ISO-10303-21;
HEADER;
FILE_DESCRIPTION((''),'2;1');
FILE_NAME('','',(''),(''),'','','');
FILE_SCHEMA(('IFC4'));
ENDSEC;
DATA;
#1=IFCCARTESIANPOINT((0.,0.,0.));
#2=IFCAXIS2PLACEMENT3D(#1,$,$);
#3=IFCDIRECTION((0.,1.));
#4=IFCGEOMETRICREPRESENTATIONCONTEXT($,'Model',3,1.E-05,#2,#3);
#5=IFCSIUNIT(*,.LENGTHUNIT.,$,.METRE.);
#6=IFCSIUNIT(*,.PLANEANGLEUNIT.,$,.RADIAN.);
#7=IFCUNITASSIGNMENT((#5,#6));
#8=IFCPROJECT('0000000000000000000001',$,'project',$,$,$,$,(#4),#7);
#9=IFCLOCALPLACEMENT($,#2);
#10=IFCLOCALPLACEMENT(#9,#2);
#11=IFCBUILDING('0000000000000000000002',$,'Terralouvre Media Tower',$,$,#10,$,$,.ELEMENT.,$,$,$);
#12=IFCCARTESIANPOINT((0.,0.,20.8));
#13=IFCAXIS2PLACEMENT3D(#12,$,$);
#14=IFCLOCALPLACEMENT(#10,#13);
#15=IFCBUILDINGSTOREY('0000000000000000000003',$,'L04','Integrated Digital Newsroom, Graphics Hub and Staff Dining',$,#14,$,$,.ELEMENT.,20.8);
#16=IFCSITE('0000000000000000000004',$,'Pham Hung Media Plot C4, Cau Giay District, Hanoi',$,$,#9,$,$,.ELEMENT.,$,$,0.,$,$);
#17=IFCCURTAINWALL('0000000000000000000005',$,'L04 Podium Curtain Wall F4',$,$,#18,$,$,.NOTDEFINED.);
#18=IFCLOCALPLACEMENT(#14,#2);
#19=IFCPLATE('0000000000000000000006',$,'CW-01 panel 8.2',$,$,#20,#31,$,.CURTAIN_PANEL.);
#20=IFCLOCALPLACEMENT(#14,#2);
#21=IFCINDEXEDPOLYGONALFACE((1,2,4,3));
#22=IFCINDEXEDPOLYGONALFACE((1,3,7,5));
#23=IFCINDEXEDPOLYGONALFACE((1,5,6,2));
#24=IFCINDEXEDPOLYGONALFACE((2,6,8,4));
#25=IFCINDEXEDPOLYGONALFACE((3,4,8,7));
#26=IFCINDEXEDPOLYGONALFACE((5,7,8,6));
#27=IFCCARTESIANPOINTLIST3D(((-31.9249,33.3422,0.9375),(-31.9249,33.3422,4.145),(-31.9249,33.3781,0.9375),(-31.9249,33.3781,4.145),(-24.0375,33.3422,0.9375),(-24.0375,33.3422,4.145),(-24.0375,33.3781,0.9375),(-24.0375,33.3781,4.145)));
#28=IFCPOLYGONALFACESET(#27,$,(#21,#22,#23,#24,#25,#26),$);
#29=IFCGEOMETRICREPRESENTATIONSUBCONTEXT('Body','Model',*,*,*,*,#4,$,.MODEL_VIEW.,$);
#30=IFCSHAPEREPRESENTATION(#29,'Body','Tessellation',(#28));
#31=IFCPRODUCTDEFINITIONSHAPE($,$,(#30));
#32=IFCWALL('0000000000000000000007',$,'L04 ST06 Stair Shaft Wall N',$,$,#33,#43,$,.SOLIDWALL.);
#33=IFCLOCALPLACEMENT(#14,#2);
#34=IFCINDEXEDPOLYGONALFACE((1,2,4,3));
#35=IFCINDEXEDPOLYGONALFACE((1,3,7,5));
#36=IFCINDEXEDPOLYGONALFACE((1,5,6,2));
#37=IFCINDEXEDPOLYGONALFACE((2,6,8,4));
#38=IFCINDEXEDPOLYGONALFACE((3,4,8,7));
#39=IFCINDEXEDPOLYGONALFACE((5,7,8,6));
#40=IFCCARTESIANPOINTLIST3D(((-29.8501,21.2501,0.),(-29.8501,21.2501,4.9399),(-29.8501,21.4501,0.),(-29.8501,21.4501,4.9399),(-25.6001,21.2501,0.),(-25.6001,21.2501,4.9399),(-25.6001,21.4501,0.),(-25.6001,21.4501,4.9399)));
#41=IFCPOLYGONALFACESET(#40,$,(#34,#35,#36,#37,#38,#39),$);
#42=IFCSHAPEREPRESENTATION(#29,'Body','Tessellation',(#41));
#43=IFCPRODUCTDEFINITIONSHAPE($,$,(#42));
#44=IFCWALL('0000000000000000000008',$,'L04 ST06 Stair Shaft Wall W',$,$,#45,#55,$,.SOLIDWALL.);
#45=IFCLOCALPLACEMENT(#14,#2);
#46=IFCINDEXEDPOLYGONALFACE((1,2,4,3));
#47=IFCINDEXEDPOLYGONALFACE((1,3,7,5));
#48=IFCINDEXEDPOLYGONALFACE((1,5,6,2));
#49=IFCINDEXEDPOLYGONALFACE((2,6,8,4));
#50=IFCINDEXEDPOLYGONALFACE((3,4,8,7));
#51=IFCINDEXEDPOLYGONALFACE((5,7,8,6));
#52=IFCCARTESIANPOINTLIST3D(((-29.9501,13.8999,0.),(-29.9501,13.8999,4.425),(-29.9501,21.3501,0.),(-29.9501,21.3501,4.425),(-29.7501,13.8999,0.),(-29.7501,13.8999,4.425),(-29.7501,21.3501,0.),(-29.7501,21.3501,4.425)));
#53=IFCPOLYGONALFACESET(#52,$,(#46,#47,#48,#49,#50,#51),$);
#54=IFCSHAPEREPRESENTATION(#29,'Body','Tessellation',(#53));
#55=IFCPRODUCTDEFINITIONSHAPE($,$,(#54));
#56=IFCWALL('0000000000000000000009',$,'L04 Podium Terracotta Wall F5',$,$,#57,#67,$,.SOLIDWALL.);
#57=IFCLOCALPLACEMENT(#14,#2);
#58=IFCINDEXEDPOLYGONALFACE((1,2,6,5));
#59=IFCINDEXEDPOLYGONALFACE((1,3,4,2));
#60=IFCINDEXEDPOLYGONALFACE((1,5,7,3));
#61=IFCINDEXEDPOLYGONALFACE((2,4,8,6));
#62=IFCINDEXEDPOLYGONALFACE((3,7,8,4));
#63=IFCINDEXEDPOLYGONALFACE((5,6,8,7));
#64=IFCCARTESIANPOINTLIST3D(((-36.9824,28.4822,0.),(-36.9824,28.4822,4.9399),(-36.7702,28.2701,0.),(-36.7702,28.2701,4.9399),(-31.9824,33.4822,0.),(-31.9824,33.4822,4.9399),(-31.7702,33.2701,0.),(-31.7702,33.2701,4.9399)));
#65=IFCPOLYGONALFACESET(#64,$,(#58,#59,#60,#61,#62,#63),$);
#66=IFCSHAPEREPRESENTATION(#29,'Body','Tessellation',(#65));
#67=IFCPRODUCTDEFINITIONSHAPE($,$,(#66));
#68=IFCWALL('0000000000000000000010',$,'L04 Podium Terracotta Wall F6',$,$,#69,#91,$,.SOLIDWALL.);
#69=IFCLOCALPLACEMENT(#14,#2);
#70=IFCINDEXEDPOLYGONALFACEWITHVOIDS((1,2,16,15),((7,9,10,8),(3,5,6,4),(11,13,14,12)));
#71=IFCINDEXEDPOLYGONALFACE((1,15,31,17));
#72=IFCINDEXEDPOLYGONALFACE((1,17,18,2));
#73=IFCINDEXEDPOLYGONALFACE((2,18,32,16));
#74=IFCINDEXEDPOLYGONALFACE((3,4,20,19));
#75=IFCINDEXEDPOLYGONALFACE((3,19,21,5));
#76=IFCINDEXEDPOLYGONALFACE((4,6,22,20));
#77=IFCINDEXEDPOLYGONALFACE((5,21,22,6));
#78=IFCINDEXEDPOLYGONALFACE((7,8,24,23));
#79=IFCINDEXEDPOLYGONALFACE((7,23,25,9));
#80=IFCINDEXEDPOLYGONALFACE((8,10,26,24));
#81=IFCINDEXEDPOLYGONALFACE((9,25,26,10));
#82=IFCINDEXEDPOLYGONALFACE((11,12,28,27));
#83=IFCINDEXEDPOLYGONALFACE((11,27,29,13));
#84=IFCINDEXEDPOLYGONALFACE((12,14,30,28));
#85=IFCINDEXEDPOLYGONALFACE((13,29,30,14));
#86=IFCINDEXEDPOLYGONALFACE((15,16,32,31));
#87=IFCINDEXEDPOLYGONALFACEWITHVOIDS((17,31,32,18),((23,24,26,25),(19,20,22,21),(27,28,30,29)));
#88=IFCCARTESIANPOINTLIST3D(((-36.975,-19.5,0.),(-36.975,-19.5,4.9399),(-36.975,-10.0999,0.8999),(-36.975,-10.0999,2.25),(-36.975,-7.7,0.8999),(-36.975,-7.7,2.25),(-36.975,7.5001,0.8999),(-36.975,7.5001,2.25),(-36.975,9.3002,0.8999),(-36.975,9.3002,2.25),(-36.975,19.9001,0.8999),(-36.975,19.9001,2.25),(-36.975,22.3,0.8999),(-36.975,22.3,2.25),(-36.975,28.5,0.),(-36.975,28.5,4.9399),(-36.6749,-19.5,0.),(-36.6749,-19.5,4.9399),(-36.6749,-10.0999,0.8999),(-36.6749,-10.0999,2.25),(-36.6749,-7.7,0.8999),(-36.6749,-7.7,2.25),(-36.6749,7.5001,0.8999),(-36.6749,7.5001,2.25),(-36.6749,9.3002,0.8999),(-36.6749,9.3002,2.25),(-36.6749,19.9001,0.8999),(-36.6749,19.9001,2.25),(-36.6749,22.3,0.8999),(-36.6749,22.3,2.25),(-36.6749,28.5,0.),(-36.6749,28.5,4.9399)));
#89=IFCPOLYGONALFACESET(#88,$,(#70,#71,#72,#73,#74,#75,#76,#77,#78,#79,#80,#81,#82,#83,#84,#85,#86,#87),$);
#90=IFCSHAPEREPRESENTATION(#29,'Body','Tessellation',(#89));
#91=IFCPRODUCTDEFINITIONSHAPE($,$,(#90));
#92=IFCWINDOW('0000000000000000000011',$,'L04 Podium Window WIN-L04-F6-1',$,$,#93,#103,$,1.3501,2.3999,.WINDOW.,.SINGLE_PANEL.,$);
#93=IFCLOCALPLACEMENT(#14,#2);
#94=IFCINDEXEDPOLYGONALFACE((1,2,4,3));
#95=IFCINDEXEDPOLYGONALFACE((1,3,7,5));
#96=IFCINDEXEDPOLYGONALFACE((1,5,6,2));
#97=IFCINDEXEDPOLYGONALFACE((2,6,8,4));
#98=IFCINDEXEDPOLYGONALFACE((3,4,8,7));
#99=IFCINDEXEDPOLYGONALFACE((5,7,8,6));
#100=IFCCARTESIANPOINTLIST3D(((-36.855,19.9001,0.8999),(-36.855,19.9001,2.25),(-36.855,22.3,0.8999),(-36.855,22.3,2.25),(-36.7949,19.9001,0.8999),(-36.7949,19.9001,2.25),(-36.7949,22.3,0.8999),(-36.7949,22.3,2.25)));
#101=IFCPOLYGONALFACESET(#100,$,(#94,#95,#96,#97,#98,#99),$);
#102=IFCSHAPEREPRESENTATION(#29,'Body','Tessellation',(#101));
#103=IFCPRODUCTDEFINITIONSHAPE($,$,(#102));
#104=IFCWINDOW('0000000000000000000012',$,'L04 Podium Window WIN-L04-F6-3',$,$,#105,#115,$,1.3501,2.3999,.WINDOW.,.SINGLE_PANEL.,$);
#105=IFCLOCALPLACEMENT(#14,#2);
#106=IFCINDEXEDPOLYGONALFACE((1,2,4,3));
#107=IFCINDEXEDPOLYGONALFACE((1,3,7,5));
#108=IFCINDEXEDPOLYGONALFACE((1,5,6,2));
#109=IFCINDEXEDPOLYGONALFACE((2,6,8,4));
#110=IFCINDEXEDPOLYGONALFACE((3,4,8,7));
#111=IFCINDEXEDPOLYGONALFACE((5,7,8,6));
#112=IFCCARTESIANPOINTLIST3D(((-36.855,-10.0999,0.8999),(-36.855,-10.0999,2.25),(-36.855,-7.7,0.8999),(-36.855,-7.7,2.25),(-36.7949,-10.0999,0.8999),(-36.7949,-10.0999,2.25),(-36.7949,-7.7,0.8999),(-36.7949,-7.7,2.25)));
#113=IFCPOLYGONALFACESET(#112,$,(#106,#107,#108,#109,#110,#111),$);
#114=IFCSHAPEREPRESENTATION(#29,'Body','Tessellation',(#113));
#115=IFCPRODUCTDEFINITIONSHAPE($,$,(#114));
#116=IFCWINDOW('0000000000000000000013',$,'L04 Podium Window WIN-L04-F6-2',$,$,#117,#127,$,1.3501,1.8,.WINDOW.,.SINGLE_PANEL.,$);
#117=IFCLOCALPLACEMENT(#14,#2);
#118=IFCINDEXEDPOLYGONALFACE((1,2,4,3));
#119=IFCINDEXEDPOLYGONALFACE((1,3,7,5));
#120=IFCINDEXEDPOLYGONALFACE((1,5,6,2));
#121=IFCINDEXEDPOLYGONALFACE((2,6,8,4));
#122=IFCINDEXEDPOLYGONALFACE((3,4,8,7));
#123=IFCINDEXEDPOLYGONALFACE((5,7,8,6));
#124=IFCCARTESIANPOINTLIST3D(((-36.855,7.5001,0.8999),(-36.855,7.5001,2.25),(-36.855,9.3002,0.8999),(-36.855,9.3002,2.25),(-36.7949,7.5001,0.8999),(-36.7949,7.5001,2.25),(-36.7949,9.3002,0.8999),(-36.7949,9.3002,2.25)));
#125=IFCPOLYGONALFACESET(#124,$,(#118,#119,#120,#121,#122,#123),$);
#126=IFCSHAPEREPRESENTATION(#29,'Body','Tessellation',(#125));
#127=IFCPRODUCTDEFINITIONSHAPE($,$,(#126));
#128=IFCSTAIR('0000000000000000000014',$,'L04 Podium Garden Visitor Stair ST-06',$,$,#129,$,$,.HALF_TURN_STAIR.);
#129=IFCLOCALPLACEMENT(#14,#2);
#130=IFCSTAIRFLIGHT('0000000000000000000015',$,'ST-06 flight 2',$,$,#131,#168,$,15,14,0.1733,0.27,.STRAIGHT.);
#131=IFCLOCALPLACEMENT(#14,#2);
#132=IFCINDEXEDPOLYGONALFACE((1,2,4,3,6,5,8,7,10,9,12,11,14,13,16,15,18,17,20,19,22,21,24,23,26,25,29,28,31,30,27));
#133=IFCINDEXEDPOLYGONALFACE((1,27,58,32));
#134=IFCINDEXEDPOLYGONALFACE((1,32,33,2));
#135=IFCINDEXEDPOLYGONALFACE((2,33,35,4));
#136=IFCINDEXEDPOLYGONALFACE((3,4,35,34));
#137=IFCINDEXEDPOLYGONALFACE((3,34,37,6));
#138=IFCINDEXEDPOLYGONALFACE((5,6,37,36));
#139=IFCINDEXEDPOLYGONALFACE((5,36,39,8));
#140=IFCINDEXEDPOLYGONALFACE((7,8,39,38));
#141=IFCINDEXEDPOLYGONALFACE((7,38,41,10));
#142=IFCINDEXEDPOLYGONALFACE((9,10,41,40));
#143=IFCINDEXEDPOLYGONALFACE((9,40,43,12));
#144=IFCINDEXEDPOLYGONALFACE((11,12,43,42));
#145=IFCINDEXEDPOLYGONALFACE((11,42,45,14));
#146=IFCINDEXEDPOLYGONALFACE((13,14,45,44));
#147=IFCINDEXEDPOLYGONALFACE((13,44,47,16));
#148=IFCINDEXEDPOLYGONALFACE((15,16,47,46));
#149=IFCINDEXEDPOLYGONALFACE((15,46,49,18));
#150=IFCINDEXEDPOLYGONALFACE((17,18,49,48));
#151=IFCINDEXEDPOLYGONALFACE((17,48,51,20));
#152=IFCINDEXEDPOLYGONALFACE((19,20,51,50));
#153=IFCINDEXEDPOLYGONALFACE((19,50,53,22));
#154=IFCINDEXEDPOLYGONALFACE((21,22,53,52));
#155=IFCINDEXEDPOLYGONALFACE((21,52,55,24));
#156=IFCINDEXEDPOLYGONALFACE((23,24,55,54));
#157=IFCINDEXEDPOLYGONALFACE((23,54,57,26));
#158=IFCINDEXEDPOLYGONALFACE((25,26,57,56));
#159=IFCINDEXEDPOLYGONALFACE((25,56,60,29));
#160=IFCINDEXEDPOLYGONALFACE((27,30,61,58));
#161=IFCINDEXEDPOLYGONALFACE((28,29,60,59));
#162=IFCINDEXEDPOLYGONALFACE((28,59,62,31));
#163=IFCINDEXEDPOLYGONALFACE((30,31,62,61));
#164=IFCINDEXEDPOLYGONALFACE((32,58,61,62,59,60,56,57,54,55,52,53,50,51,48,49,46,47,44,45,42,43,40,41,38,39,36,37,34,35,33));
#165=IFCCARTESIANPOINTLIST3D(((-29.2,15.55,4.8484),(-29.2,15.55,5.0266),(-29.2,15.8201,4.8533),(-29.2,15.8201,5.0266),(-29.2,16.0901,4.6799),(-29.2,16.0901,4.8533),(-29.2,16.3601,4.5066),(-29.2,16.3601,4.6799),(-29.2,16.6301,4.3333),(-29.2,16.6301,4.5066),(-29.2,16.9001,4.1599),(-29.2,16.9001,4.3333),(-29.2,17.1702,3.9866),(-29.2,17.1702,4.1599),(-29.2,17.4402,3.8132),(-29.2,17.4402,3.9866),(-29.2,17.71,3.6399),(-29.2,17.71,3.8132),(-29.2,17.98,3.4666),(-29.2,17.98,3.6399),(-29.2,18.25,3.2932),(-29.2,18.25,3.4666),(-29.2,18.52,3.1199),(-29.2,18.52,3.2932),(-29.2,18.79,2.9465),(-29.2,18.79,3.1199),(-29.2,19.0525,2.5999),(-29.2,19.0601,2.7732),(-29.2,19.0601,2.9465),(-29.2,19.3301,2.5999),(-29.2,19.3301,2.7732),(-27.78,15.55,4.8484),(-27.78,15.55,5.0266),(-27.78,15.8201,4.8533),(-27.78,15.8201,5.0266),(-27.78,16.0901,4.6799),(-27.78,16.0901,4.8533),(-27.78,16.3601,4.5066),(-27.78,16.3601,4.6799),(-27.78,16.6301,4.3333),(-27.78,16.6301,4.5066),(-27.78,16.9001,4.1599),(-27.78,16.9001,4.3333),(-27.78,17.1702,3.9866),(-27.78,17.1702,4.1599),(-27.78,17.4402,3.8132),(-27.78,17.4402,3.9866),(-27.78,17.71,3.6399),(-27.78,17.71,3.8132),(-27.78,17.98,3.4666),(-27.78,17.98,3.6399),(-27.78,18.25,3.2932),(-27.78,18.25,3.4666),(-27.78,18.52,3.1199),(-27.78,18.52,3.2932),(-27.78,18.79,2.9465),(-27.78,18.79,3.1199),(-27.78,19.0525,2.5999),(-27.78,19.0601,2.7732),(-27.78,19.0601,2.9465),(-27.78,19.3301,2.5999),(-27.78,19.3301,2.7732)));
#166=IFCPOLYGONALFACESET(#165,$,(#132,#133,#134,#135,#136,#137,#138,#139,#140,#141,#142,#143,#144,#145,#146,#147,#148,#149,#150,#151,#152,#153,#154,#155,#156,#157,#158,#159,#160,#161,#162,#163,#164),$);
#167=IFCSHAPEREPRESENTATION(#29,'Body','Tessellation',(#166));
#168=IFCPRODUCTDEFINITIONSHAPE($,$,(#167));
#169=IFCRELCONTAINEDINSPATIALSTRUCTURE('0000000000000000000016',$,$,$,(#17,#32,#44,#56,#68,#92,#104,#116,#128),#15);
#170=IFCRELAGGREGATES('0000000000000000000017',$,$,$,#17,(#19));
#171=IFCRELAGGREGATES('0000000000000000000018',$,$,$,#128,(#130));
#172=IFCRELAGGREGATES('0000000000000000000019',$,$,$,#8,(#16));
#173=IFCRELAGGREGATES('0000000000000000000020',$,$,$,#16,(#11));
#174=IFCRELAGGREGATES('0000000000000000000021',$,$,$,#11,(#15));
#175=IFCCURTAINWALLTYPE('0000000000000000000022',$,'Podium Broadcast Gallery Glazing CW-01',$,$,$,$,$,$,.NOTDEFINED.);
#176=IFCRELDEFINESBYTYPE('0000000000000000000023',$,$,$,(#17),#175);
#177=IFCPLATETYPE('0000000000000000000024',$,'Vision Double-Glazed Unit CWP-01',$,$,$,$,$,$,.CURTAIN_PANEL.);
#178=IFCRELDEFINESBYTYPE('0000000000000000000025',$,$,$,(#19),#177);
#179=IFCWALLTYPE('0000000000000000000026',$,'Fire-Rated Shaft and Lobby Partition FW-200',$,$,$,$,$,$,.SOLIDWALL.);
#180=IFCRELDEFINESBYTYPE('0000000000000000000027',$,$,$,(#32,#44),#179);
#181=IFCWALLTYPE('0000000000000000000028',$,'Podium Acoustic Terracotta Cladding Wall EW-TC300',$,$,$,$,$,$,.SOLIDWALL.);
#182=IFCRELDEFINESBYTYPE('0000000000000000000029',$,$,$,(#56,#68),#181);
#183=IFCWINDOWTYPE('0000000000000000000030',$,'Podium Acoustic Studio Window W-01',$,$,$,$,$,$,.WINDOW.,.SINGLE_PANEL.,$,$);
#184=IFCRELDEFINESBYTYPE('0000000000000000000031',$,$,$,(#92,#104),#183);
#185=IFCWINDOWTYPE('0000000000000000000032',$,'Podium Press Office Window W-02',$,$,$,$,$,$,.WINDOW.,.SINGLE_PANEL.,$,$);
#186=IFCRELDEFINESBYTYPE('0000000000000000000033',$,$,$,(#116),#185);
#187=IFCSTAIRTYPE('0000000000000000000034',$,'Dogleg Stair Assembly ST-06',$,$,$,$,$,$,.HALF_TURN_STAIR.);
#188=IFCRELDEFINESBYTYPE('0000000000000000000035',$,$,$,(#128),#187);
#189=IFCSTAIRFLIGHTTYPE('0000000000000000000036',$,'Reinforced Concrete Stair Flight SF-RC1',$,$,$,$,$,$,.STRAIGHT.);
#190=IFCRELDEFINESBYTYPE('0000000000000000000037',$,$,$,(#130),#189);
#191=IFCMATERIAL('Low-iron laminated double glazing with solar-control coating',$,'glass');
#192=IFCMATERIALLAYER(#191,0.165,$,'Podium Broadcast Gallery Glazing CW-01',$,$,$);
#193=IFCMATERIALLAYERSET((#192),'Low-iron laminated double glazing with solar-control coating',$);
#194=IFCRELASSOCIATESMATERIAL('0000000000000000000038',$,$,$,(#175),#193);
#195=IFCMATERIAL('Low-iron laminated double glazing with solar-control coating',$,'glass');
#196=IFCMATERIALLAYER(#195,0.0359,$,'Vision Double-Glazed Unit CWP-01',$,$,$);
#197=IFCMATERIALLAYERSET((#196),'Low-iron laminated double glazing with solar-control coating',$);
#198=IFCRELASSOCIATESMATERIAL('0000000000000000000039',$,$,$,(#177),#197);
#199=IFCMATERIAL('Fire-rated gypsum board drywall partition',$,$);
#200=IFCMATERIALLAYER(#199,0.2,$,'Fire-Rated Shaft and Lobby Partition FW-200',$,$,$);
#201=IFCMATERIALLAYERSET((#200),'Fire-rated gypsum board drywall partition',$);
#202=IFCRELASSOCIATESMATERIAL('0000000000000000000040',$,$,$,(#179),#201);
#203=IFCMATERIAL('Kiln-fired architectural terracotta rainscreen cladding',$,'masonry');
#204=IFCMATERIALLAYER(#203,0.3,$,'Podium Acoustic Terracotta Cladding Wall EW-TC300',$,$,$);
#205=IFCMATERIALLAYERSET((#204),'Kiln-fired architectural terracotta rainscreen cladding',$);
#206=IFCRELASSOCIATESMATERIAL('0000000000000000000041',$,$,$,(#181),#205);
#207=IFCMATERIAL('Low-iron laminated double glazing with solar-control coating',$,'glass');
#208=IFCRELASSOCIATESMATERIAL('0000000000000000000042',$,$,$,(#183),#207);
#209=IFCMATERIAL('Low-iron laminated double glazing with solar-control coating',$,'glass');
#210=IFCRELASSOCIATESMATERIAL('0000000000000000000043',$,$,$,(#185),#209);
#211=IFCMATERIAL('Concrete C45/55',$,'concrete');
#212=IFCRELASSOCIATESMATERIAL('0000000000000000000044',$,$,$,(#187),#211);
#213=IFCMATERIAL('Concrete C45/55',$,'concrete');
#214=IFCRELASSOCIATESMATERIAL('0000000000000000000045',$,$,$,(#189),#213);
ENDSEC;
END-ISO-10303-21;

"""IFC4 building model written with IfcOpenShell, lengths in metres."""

from ifc_helpers import new_model, si_unit, direction, frame, frame_2d, origin, origin_2d, place, context, subcontext, project, spatial, polyline, rectangle, outline, extrude, material, layer, layer_set, type_object, element, fill, aggregate, save


model = new_model("IFC4")

# Units and contexts
model_context = context("Model", 3, precision=1e-05, world=origin(), true_north=direction((0.0, 1.0)))
body_context = subcontext(model_context, "Body", "Model", "MODEL_VIEW")
ifc_project = project(units=[si_unit("LENGTHUNIT", "METRE"), si_unit("PLANEANGLEUNIT", "RADIAN")], contexts=[model_context])

# Site, building, storey
site_placement = place(None, origin())
site = spatial("IfcSite", under=ifc_project, at=site_placement, Name="Pham Hung Media Plot C4, Cau Giay District, Hanoi", CompositionType="ELEMENT", RefElevation=0.0)
building_placement = place(site_placement, origin())
building = spatial("IfcBuilding", under=site, at=building_placement, Name="Terralouvre Media Tower", CompositionType="ELEMENT")
storey_placement = place(building_placement, frame((0.0, 0.0, 20.8)))
storey = spatial("IfcBuildingStorey", under=building, at=storey_placement, Name="L04", Description="Integrated Digital Newsroom, Graphics Hub and Staff Dining", CompositionType="ELEMENT", Elevation=20.8)

# Curtain wall
ifc_material_1 = material(Name="Low-iron laminated double glazing with solar-control coating", Category="glass")
ifc_layer_1 = layer(ifc_material_1, 0.165, Name="Podium Broadcast Gallery Glazing CW-01")
ifc_layer_set_1 = layer_set([ifc_layer_1], Name="Low-iron laminated double glazing with solar-control coating")
curtain_wall_type = type_object("IfcCurtainWallType", Name="Podium Broadcast Gallery Glazing CW-01", PredefinedType="NOTDEFINED", material=ifc_layer_set_1)
curtain_wall_placement = place(storey_placement, origin())
curtain_wall = element("IfcCurtainWall", 1, at=curtain_wall_placement, inside=storey, type_object=curtain_wall_type, Name="L04 Podium Curtain Wall F4", PredefinedType="NOTDEFINED")

# Plate
ifc_material_2 = material(Name="Low-iron laminated double glazing with solar-control coating", Category="glass")
ifc_layer_2 = layer(ifc_material_2, 0.0359, Name="Vision Double-Glazed Unit CWP-01")
ifc_layer_set_2 = layer_set([ifc_layer_2], Name="Low-iron laminated double glazing with solar-control coating")
plate_type = type_object("IfcPlateType", Name="Vision Double-Glazed Unit CWP-01", PredefinedType="CURTAIN_PANEL", material=ifc_layer_set_2)
plate_1_placement = place(storey_placement, frame((-27.9812, 33.3601, 0.9375), z_axis=(0.0, 0.0, 1.0), x_axis=(-1.0, 0.0, 0.0)))
plate_1 = element("IfcPlate", 2, at=plate_1_placement, type_object=plate_type, Name="CW-01 panel 8.2", PredefinedType="CURTAIN_PANEL", context=body_context, shape_type="SweptSolid", body=[
    extrude(rectangle(XDim=7.8875, YDim=0.0359, at=origin_2d()), origin(), (0.0, 0.0, 1.0), 3.2075),
])
aggregate(curtain_wall, [plate_1])

# Walls
ifc_material_3 = material(Name="Fire-rated gypsum board drywall partition")
ifc_layer_3 = layer(ifc_material_3, 0.2, Name="Fire-Rated Shaft and Lobby Partition FW-200")
ifc_layer_set_3 = layer_set([ifc_layer_3], Name="Fire-rated gypsum board drywall partition")
wall_type_1 = type_object("IfcWallType", Name="Fire-Rated Shaft and Lobby Partition FW-200", PredefinedType="SOLIDWALL", material=ifc_layer_set_3)
wall_1_placement = place(storey_placement, frame((-25.6001, 21.3501, 0.0), z_axis=(0.0, 0.0, 1.0), x_axis=(-1.0, 0.0, 0.0)))
element("IfcWall", 3, at=wall_1_placement, inside=storey, type_object=wall_type_1, Name="L04 ST06 Stair Shaft Wall N", PredefinedType="SOLIDWALL", context=body_context, shape_type="SweptSolid", body=[
    extrude(rectangle(XDim=4.25, YDim=0.2, at=frame_2d((2.125, 0.0))), origin(), (0.0, 0.0, 1.0), 4.9399),
])
wall_2_placement = place(storey_placement, frame((-29.8501, 21.3501, 0.0), z_axis=(0.0, 0.0, 1.0), x_axis=(0.0, -1.0, 0.0)))
element("IfcWall", 4, at=wall_2_placement, inside=storey, type_object=wall_type_1, Name="L04 ST06 Stair Shaft Wall W", PredefinedType="SOLIDWALL", context=body_context, shape_type="SweptSolid", body=[
    extrude(rectangle(XDim=7.4502, YDim=0.2, at=frame_2d((3.7251, 0.0))), origin(), (0.0, 0.0, 1.0), 4.425),
])
ifc_material_4 = material(Name="Kiln-fired architectural terracotta rainscreen cladding", Category="masonry")
ifc_layer_4 = layer(ifc_material_4, 0.3, Name="Podium Acoustic Terracotta Cladding Wall EW-TC300")
ifc_layer_set_4 = layer_set([ifc_layer_4], Name="Kiln-fired architectural terracotta rainscreen cladding")
wall_type_2 = type_object("IfcWallType", Name="Podium Acoustic Terracotta Cladding Wall EW-TC300", PredefinedType="SOLIDWALL", material=ifc_layer_set_4)
wall_3_placement = place(storey_placement, frame((-31.8762, 33.3762, 0.0), z_axis=(0.0, 0.0, 1.0), x_axis=(-0.707107, -0.707107, 0.0)))
element("IfcWall", 5, at=wall_3_placement, inside=storey, type_object=wall_type_2, Name="L04 Podium Terracotta Wall F5", PredefinedType="SOLIDWALL", context=body_context, shape_type="SweptSolid", body=[
    extrude(rectangle(XDim=7.071, YDim=0.3, at=frame_2d((3.5356, 0.0))), origin(), (0.0, 0.0, 1.0), 4.9399),
])

# Wall, openings, windows
wall_4_placement = place(storey_placement, frame((-36.825, 28.5, 0.0), z_axis=(0.0, 0.0, 1.0), x_axis=(0.0, -1.0, 0.0)))
wall_4 = element("IfcWall", 6, at=wall_4_placement, inside=storey, type_object=wall_type_2, Name="L04 Podium Terracotta Wall F6", PredefinedType="SOLIDWALL", context=body_context, shape_type="SweptSolid", body=[
    extrude(rectangle(XDim=48.0, YDim=0.3, at=frame_2d((24.0, 0.0))), origin(), (0.0, 0.0, 1.0), 4.9399),
])
opening_1_placement = place(wall_4_placement, frame((6.2, 0.0, 0.8999)))
opening_1 = element("IfcOpeningElement", 7, at=opening_1_placement, cuts=wall_4, PredefinedType="OPENING", context=body_context, shape_type="SweptSolid", body=[
    extrude(rectangle(XDim=2.3999, YDim=1.3501, at=frame_2d((1.2, 0.675))), frame((0.0, 0.1599, 0.0), z_axis=(0.0, -1.0, 0.0), x_axis=(1.0, 0.0, 0.0)), (0.0, 0.0, 1.0), 0.3201),
])
opening_2_placement = place(wall_4_placement, frame((19.2, 0.0, 0.8999)))
opening_2 = element("IfcOpeningElement", 8, at=opening_2_placement, cuts=wall_4, PredefinedType="OPENING", context=body_context, shape_type="SweptSolid", body=[
    extrude(rectangle(XDim=1.8, YDim=1.3501, at=frame_2d((0.8999, 0.675))), frame((0.0, 0.1599, 0.0), z_axis=(0.0, -1.0, 0.0), x_axis=(1.0, 0.0, 0.0)), (0.0, 0.0, 1.0), 0.3201),
])
opening_3_placement = place(wall_4_placement, frame((36.2, 0.0, 0.8999)))
opening_3 = element("IfcOpeningElement", 9, at=opening_3_placement, cuts=wall_4, PredefinedType="OPENING", context=body_context, shape_type="SweptSolid", body=[
    extrude(rectangle(XDim=2.3999, YDim=1.3501, at=frame_2d((1.2, 0.675))), frame((0.0, 0.1599, 0.0), z_axis=(0.0, -1.0, 0.0), x_axis=(1.0, 0.0, 0.0)), (0.0, 0.0, 1.0), 0.3201),
])
ifc_material_5 = material(Name="Low-iron laminated double glazing with solar-control coating", Category="glass")
window_type_1 = type_object("IfcWindowType", Name="Podium Acoustic Studio Window W-01", PartitioningType="SINGLE_PANEL", PredefinedType="WINDOW", material=ifc_material_5)
window_1_placement = place(opening_1_placement, origin())
window_1 = element("IfcWindow", 10, at=window_1_placement, inside=storey, type_object=window_type_1, Name="L04 Podium Window WIN-L04-F6-1", OverallHeight=1.3501, OverallWidth=2.3999, PartitioningType="SINGLE_PANEL", PredefinedType="WINDOW", context=body_context, shape_type="SweptSolid", body=[
    extrude(rectangle(XDim=2.3999, YDim=1.3501, at=frame_2d((1.2, 0.675))), frame((0.0, 0.03, 0.0), z_axis=(0.0, -1.0, 0.0), x_axis=(1.0, 0.0, 0.0)), (0.0, 0.0, 1.0), 0.0601),
])
fill(opening_1, window_1)
window_2_placement = place(opening_3_placement, origin())
window_2 = element("IfcWindow", 11, at=window_2_placement, inside=storey, type_object=window_type_1, Name="L04 Podium Window WIN-L04-F6-3", OverallHeight=1.3501, OverallWidth=2.3999, PartitioningType="SINGLE_PANEL", PredefinedType="WINDOW", context=body_context, shape_type="SweptSolid", body=[
    extrude(rectangle(XDim=2.3999, YDim=1.3501, at=frame_2d((1.2, 0.675))), frame((0.0, 0.03, 0.0), z_axis=(0.0, -1.0, 0.0), x_axis=(1.0, 0.0, 0.0)), (0.0, 0.0, 1.0), 0.0601),
])
fill(opening_3, window_2)
ifc_material_6 = material(Name="Low-iron laminated double glazing with solar-control coating", Category="glass")
window_type_2 = type_object("IfcWindowType", Name="Podium Press Office Window W-02", PartitioningType="SINGLE_PANEL", PredefinedType="WINDOW", material=ifc_material_6)
window_3_placement = place(opening_2_placement, origin())
window_3 = element("IfcWindow", 12, at=window_3_placement, inside=storey, type_object=window_type_2, Name="L04 Podium Window WIN-L04-F6-2", OverallHeight=1.3501, OverallWidth=1.8, PartitioningType="SINGLE_PANEL", PredefinedType="WINDOW", context=body_context, shape_type="SweptSolid", body=[
    extrude(rectangle(XDim=1.8, YDim=1.3501, at=frame_2d((0.8999, 0.675))), frame((0.0, 0.03, 0.0), z_axis=(0.0, -1.0, 0.0), x_axis=(1.0, 0.0, 0.0)), (0.0, 0.0, 1.0), 0.0601),
])
fill(opening_2, window_3)

# Stair, stair flight
ifc_material_7 = material(Name="Concrete C45/55", Category="concrete")
stair_type = type_object("IfcStairType", Name="Dogleg Stair Assembly ST-06", PredefinedType="HALF_TURN_STAIR", material=ifc_material_7)
stair_placement = place(storey_placement, origin())
stair = element("IfcStair", 13, at=stair_placement, inside=storey, type_object=stair_type, Name="L04 Podium Garden Visitor Stair ST-06", PredefinedType="HALF_TURN_STAIR")
ifc_material_8 = material(Name="Concrete C45/55", Category="concrete")
stair_flight_type = type_object("IfcStairFlightType", Name="Reinforced Concrete Stair Flight SF-RC1", PredefinedType="STRAIGHT", material=ifc_material_8)
stair_flight_placement = place(storey_placement, frame((-28.49, 19.3301, 2.5999), z_axis=(0.0, 0.0, 1.0), x_axis=(0.0, -1.0, 0.0)))
stair_flight = element("IfcStairFlight", 14, at=stair_flight_placement, type_object=stair_flight_type, Name="ST-06 flight 2", NumberOfRisers=15, NumberOfTreads=14, PredefinedType="STRAIGHT", RiserHeight=0.1733, TreadLength=0.27, context=body_context, shape_type="SweptSolid", body=[
    extrude(outline(polyline([(0.0, 0.0), (0.0, 0.1733), (0.27, 0.1733), (0.27, 0.3467), (0.54, 0.3467), (0.54, 0.52), (0.8101, 0.52), (0.8101, 0.6934), (1.0801, 0.6934), (1.0801, 0.8667), (1.3501, 0.8667), (1.3501, 1.04), (1.6201, 1.04), (1.6201, 1.2134), (1.8899, 1.2134), (1.8899, 1.3867), (2.1599, 1.3867), (2.1599, 1.5601), (2.4299, 1.5601), (2.4299, 1.7334), (2.7, 1.7334), (2.7, 1.9067), (2.97, 1.9067), (2.97, 2.0801), (3.24, 2.0801), (3.24, 2.2534), (3.51, 2.2534), (3.51, 2.4268), (3.78, 2.4268), (3.78, 2.6001), (3.78, 2.2485), (0.2776, 0.0), (0.0, 0.0)])), frame((0.0, 0.71, 0.0), z_axis=(0.0, -1.0, 0.0), x_axis=(1.0, 0.0, 0.0)), (0.0, 0.0, 1.0), 1.4199),
])
aggregate(stair, [stair_flight])

save(model, "model.ifc")
